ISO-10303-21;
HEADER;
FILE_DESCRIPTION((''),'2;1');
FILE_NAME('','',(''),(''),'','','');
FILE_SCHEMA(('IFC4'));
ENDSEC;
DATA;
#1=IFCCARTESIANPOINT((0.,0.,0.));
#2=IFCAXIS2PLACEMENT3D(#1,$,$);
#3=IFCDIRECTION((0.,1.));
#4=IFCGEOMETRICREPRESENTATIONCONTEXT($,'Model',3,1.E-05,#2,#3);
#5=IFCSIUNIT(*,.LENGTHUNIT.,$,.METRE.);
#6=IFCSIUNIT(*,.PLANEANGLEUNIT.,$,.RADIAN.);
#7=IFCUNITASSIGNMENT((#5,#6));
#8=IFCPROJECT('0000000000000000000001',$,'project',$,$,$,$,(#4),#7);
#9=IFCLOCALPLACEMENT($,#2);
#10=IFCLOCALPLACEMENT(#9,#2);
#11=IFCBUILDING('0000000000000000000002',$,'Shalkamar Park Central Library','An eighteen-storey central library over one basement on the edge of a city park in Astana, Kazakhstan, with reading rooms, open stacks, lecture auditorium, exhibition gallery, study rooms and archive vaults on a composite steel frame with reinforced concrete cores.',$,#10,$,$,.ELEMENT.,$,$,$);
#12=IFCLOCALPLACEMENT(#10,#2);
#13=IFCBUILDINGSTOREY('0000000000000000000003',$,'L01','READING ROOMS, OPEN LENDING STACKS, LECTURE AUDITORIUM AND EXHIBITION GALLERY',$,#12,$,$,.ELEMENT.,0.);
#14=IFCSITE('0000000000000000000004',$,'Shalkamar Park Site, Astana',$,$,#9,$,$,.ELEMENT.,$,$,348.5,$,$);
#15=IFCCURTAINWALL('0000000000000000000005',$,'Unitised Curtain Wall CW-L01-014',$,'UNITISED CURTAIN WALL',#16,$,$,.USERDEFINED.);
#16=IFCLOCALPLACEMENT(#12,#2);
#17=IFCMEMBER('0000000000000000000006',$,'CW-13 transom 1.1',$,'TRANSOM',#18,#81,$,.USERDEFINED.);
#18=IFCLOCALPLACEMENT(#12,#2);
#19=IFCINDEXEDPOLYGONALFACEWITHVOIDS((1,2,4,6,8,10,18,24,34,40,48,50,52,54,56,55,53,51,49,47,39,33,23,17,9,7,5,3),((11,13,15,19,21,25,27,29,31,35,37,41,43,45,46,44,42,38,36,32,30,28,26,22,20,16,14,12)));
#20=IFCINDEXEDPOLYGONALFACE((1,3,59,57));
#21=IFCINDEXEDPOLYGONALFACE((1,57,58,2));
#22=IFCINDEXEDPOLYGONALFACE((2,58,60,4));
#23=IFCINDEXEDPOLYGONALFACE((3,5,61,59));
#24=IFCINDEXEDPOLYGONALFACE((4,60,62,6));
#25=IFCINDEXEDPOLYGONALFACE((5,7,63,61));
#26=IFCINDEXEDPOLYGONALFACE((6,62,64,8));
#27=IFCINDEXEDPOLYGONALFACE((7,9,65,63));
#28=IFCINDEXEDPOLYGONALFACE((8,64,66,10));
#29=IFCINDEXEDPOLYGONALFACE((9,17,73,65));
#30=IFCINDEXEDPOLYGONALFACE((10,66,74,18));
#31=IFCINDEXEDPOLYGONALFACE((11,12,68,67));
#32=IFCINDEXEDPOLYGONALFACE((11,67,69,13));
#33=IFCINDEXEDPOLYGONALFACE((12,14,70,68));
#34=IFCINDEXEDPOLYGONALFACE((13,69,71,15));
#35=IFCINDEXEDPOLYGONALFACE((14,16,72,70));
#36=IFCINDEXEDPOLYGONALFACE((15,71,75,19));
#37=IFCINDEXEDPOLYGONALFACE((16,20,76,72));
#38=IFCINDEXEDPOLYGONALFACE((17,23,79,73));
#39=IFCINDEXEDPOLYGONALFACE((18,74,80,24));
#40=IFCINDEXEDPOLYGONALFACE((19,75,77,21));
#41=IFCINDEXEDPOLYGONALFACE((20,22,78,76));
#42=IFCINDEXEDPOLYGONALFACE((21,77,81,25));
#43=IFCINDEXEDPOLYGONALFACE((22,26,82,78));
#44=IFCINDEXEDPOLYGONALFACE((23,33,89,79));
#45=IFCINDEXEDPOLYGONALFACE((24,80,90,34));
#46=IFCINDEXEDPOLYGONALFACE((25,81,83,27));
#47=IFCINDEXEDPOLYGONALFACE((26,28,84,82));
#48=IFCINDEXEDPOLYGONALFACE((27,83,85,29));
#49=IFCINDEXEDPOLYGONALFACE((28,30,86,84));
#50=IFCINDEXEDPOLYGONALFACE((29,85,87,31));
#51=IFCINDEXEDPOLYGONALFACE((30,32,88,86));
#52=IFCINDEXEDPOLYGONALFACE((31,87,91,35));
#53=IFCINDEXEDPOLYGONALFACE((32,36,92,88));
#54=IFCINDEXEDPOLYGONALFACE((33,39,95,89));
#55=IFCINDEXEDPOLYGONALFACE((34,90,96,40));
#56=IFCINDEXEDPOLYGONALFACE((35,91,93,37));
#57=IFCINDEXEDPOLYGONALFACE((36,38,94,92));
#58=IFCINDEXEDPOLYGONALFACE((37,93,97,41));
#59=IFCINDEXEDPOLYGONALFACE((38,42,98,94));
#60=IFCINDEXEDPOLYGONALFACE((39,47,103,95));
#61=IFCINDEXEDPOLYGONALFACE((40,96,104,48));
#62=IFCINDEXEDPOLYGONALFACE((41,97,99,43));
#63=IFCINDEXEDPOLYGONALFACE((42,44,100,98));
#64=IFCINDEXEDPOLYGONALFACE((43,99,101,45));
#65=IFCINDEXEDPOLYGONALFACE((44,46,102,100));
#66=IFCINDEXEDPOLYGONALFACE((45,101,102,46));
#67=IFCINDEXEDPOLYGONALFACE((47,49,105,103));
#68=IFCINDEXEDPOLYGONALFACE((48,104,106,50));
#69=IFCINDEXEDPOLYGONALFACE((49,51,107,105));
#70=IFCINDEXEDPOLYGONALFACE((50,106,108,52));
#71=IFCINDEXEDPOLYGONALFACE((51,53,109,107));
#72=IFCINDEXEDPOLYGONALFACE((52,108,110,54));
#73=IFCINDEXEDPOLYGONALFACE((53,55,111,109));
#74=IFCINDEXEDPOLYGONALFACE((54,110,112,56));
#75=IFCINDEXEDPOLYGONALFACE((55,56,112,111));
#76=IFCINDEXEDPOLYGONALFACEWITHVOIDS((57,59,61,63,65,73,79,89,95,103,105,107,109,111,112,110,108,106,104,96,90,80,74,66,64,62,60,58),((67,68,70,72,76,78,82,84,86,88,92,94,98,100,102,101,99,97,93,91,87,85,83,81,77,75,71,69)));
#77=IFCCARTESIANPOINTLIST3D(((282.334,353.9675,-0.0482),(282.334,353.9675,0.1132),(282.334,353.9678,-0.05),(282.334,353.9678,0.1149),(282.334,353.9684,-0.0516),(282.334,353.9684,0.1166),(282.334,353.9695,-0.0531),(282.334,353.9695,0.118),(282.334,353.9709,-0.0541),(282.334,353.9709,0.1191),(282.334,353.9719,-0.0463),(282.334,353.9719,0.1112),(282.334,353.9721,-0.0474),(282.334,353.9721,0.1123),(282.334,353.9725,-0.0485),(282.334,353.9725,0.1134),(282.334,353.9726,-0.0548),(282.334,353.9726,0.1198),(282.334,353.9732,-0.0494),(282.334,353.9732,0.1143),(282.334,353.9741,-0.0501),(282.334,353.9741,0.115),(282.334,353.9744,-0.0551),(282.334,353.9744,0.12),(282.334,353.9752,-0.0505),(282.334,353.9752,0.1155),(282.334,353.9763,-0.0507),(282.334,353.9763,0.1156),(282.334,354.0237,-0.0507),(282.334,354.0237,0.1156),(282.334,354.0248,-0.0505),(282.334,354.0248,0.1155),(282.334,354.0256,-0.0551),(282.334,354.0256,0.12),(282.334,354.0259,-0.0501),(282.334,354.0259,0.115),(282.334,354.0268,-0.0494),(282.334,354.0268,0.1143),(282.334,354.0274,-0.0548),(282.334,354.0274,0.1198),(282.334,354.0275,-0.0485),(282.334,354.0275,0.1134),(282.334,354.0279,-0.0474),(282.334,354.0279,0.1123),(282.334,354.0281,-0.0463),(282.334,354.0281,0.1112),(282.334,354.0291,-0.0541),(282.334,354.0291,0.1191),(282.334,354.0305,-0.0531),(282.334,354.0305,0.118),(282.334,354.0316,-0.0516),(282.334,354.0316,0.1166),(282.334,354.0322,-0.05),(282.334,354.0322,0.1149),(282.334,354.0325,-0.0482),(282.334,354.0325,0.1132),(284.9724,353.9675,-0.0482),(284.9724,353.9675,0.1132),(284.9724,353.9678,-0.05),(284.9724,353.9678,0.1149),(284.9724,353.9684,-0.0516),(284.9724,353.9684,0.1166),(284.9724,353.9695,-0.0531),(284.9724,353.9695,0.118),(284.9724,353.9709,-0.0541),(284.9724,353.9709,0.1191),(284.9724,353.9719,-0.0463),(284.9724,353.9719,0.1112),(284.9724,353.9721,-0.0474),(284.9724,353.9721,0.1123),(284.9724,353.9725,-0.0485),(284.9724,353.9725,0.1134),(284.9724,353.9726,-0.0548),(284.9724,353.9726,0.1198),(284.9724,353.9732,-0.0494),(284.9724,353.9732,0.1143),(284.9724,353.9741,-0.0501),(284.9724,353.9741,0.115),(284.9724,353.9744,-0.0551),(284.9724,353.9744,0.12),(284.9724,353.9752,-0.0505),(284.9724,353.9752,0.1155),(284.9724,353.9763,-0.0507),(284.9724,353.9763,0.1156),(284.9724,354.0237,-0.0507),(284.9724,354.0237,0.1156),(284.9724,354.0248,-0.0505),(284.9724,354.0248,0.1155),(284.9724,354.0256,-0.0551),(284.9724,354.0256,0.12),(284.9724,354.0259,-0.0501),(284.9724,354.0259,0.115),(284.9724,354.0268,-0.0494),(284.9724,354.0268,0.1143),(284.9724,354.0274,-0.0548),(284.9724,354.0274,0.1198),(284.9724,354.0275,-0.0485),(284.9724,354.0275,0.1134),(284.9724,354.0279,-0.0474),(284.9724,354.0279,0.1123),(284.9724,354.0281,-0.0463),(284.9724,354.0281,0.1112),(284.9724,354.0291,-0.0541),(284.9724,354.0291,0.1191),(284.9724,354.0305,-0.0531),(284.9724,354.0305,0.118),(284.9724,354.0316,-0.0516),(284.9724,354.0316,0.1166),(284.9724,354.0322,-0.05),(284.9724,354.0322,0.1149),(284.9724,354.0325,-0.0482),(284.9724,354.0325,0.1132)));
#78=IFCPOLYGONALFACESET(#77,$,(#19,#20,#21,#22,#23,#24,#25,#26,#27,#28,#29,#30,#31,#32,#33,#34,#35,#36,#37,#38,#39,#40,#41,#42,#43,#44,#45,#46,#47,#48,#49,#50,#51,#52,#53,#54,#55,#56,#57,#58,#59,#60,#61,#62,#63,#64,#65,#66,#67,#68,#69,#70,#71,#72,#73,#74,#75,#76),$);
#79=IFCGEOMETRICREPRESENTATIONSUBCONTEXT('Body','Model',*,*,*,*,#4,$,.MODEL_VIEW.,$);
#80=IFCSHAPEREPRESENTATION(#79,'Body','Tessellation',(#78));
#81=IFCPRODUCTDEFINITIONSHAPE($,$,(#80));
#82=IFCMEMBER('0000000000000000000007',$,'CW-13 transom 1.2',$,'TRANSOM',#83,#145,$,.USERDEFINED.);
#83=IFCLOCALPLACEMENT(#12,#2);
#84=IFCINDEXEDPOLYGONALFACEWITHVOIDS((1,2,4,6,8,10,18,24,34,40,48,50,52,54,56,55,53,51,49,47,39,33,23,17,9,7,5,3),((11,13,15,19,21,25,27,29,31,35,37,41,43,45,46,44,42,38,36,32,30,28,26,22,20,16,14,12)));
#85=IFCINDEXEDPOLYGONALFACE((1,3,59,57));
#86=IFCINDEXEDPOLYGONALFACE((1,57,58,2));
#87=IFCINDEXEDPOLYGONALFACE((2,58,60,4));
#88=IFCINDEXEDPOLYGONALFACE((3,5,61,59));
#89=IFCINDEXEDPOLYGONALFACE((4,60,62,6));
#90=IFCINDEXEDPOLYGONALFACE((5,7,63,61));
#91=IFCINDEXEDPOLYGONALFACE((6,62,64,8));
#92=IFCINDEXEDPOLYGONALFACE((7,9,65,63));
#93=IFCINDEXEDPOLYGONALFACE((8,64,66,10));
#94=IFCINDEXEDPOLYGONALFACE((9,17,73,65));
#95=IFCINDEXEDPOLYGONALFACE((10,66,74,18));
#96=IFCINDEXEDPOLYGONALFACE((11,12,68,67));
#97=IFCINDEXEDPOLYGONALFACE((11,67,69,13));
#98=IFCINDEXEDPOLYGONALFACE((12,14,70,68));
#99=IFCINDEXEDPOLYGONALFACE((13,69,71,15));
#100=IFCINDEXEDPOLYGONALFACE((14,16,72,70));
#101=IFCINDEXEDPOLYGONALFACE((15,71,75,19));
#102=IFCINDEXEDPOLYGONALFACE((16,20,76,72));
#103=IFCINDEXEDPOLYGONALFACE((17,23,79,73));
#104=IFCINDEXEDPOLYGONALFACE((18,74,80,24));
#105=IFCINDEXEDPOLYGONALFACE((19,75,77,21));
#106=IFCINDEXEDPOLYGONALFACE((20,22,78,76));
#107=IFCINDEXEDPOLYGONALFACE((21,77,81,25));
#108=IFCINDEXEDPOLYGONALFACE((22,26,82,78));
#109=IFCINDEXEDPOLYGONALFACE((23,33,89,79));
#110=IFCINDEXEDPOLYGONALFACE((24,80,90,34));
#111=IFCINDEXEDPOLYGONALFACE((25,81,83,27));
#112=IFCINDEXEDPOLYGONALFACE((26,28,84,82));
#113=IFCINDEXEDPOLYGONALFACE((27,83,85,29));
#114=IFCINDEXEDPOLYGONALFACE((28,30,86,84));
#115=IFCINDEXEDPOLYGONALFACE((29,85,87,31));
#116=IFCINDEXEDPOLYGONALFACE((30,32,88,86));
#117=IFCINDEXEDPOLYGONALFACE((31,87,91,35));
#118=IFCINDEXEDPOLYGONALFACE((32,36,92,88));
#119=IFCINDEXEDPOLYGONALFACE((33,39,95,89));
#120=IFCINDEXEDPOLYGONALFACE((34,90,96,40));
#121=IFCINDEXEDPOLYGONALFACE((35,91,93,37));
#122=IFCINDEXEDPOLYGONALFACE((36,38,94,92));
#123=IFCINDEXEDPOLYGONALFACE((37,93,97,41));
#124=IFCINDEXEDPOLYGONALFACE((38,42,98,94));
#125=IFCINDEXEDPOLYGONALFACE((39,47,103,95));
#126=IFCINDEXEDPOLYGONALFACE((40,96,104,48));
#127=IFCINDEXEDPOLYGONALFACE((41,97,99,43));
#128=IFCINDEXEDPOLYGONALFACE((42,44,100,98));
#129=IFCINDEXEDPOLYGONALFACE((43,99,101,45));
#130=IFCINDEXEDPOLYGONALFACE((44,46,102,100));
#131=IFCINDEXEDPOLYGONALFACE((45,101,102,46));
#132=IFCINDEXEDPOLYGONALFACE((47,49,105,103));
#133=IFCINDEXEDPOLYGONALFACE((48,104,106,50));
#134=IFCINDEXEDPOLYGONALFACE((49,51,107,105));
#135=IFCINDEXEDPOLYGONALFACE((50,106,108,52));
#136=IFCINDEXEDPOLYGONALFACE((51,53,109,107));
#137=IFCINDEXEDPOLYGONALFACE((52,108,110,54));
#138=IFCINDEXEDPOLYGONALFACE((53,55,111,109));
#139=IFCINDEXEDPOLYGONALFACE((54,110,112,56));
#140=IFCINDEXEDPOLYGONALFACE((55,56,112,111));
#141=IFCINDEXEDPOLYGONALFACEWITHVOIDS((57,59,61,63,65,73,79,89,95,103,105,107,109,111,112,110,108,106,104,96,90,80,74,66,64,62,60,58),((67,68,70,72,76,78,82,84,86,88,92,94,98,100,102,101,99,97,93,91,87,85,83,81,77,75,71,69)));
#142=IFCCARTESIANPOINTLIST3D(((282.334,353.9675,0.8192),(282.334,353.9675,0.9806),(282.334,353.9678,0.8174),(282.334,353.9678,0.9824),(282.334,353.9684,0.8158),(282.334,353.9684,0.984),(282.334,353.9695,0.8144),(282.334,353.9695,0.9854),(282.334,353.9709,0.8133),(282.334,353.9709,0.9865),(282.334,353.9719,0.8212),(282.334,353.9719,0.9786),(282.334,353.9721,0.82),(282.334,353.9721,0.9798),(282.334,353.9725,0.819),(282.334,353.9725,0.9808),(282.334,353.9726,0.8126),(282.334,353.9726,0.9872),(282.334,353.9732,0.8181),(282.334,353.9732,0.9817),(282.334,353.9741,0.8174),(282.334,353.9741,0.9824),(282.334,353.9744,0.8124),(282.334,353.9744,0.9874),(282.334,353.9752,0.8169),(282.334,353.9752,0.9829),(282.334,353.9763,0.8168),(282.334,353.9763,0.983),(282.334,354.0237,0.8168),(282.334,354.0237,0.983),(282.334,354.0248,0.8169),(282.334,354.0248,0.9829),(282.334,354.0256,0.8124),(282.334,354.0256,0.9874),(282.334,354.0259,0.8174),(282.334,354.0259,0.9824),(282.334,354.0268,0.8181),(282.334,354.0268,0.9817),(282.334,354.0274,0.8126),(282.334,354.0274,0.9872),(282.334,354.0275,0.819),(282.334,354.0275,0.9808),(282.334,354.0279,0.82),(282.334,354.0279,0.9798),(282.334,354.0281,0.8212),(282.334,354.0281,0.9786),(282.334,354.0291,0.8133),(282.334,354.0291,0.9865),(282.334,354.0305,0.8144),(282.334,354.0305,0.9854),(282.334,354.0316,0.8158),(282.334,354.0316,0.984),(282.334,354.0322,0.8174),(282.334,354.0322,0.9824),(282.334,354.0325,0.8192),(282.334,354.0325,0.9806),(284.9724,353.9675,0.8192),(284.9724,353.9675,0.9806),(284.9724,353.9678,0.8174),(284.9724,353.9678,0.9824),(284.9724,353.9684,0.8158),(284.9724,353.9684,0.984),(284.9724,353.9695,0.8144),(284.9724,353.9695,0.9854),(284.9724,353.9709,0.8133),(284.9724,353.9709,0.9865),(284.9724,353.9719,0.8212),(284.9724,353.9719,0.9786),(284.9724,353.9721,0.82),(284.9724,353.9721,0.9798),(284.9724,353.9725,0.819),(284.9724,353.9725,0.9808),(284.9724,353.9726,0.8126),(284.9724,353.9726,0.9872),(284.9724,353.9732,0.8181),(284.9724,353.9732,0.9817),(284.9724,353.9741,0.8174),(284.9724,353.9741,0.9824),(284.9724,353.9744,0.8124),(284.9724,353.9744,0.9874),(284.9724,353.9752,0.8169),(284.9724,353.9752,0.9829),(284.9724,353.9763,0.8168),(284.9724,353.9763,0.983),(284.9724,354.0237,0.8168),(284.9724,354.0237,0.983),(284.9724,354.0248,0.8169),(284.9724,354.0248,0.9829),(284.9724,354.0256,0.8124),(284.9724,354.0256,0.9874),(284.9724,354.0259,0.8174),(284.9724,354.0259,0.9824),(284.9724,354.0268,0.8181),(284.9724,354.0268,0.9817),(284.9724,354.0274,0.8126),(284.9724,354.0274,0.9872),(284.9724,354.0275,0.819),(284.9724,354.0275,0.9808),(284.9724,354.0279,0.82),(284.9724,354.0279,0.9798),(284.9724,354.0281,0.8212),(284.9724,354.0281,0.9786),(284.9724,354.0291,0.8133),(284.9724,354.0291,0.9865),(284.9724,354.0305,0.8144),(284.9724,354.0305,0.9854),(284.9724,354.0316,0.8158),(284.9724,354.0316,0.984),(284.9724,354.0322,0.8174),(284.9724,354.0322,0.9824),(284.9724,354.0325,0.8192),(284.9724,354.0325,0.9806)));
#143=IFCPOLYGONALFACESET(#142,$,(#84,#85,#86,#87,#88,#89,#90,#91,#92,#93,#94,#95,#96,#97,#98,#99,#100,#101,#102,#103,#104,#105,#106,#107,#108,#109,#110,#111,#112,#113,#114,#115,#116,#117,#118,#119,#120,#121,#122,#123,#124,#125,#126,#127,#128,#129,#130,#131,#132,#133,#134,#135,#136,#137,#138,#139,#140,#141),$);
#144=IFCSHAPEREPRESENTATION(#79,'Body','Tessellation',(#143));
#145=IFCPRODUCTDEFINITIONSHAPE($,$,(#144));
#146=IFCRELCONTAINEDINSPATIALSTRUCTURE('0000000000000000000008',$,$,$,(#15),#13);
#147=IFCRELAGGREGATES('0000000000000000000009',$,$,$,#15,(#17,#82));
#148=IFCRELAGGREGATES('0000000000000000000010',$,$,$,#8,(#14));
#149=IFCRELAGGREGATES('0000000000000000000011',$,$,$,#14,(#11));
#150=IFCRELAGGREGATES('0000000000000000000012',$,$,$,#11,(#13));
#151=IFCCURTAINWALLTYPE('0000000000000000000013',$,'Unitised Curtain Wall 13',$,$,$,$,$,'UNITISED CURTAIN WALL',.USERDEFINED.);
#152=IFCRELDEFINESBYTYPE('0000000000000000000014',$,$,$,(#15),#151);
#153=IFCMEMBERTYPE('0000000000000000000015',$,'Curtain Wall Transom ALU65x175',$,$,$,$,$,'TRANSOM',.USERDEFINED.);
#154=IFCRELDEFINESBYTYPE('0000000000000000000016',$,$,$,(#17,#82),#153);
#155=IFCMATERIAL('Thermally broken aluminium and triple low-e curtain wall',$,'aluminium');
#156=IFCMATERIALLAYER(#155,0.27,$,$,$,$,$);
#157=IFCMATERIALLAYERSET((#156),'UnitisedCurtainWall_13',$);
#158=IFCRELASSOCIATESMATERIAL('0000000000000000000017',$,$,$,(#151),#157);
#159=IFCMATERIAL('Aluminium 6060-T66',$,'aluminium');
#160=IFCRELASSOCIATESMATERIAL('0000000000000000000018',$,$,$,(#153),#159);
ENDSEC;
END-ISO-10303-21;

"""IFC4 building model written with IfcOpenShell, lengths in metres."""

from ifc_helpers import new_model, si_unit, direction, frame, origin, origin_2d, place, context, subcontext, project, spatial, hollow_rectangle, extrude, material, layer, layer_set, material_profile, profile_set, type_object, element, aggregate, save


model = new_model("IFC4")

# Units and contexts
model_context = context("Model", 3, precision=1e-05, world=origin(), true_north=direction((0.0, 1.0)))
body_context = subcontext(model_context, "Body", "Model", "MODEL_VIEW")
ifc_project = project(units=[si_unit("LENGTHUNIT", "METRE"), si_unit("PLANEANGLEUNIT", "RADIAN")], contexts=[model_context])

# Site, building, storey
site_placement = place(None, origin())
site = spatial("IfcSite", under=ifc_project, at=site_placement, Name="Shalkamar Park Site, Astana", CompositionType="ELEMENT", RefElevation=348.5)
building_placement = place(site_placement, origin())
building = spatial("IfcBuilding", under=site, at=building_placement, Name="Shalkamar Park Central Library", Description="An eighteen-storey central library over one basement on the edge of a city park in Astana, Kazakhstan, with reading rooms, open stacks, lecture auditorium, exhibition gallery, study rooms and archive vaults on a composite steel frame with reinforced concrete cores.", CompositionType="ELEMENT")
storey_placement = place(building_placement, origin())
storey = spatial("IfcBuildingStorey", under=building, at=storey_placement, Name="L01", Description="READING ROOMS, OPEN LENDING STACKS, LECTURE AUDITORIUM AND EXHIBITION GALLERY", CompositionType="ELEMENT", Elevation=0.0)

# Curtain wall, members
ifc_material_1 = material(Name="Thermally broken aluminium and triple low-e curtain wall", Category="aluminium")
ifc_layer_1 = layer(ifc_material_1, 0.27)
ifc_layer_set_1 = layer_set([ifc_layer_1], Name="UnitisedCurtainWall_13")
curtain_wall_type = type_object("IfcCurtainWallType", Name="Unitised Curtain Wall 13", ElementType="UNITISED CURTAIN WALL", PredefinedType="USERDEFINED", material=ifc_layer_set_1)
curtain_wall_placement = place(storey_placement, origin())
curtain_wall = element("IfcCurtainWall", 1, at=curtain_wall_placement, inside=storey, type_object=curtain_wall_type, Name="Unitised Curtain Wall CW-L01-014", ObjectType="UNITISED CURTAIN WALL", PredefinedType="USERDEFINED")
ifc_material_2 = material(Name="Aluminium 6060-T66", Category="aluminium")
ifc_material_profile_1 = material_profile(ifc_material_2, hollow_rectangle(XDim=0.0649, YDim=0.175, WallThickness=0.0044, InnerFilletRadius=0.0044, OuterFilletRadius=0.0068, at=origin_2d()), Name="ALU 65x175x4.5")
ifc_profile_set_1 = profile_set([ifc_material_profile_1], Name="Aluminium 6060-T66")
member_type_1 = type_object("IfcMemberType", Name="Curtain Wall Transom ALU65x175", ElementType="TRANSOM", PredefinedType="USERDEFINED", material=ifc_profile_set_1)
member_1_placement = place(storey_placement, frame((282.334, 354.0, 0.0325), z_axis=(1.0, 0.0, 0.0), x_axis=(0.0, 1.0, 0.0)))
member_1 = element("IfcMember", 2, at=member_1_placement, type_object=member_type_1, Name="CW-13 transom 1.1", ObjectType="TRANSOM", PredefinedType="USERDEFINED", context=body_context, shape_type="SweptSolid", body=[
    extrude(hollow_rectangle(XDim=0.0649, YDim=0.175, WallThickness=0.0044, InnerFilletRadius=0.0044, OuterFilletRadius=0.0068, at=origin_2d()), origin(), (0.0, 0.0, 1.0), 2.6384),
])
member_2_placement = place(storey_placement, frame((282.334, 354.0, 0.8999), z_axis=(1.0, 0.0, 0.0), x_axis=(0.0, 1.0, 0.0)))
member_2 = element("IfcMember", 3, at=member_2_placement, type_object=member_type_1, Name="CW-13 transom 1.2", ObjectType="TRANSOM", PredefinedType="USERDEFINED", context=body_context, shape_type="SweptSolid", body=[
    extrude(hollow_rectangle(XDim=0.0649, YDim=0.175, WallThickness=0.0044, InnerFilletRadius=0.0044, OuterFilletRadius=0.0068, at=origin_2d()), origin(), (0.0, 0.0, 1.0), 2.6384),
])

aggregate(curtain_wall, [member_1, member_2])

save(model, "model.ifc")
